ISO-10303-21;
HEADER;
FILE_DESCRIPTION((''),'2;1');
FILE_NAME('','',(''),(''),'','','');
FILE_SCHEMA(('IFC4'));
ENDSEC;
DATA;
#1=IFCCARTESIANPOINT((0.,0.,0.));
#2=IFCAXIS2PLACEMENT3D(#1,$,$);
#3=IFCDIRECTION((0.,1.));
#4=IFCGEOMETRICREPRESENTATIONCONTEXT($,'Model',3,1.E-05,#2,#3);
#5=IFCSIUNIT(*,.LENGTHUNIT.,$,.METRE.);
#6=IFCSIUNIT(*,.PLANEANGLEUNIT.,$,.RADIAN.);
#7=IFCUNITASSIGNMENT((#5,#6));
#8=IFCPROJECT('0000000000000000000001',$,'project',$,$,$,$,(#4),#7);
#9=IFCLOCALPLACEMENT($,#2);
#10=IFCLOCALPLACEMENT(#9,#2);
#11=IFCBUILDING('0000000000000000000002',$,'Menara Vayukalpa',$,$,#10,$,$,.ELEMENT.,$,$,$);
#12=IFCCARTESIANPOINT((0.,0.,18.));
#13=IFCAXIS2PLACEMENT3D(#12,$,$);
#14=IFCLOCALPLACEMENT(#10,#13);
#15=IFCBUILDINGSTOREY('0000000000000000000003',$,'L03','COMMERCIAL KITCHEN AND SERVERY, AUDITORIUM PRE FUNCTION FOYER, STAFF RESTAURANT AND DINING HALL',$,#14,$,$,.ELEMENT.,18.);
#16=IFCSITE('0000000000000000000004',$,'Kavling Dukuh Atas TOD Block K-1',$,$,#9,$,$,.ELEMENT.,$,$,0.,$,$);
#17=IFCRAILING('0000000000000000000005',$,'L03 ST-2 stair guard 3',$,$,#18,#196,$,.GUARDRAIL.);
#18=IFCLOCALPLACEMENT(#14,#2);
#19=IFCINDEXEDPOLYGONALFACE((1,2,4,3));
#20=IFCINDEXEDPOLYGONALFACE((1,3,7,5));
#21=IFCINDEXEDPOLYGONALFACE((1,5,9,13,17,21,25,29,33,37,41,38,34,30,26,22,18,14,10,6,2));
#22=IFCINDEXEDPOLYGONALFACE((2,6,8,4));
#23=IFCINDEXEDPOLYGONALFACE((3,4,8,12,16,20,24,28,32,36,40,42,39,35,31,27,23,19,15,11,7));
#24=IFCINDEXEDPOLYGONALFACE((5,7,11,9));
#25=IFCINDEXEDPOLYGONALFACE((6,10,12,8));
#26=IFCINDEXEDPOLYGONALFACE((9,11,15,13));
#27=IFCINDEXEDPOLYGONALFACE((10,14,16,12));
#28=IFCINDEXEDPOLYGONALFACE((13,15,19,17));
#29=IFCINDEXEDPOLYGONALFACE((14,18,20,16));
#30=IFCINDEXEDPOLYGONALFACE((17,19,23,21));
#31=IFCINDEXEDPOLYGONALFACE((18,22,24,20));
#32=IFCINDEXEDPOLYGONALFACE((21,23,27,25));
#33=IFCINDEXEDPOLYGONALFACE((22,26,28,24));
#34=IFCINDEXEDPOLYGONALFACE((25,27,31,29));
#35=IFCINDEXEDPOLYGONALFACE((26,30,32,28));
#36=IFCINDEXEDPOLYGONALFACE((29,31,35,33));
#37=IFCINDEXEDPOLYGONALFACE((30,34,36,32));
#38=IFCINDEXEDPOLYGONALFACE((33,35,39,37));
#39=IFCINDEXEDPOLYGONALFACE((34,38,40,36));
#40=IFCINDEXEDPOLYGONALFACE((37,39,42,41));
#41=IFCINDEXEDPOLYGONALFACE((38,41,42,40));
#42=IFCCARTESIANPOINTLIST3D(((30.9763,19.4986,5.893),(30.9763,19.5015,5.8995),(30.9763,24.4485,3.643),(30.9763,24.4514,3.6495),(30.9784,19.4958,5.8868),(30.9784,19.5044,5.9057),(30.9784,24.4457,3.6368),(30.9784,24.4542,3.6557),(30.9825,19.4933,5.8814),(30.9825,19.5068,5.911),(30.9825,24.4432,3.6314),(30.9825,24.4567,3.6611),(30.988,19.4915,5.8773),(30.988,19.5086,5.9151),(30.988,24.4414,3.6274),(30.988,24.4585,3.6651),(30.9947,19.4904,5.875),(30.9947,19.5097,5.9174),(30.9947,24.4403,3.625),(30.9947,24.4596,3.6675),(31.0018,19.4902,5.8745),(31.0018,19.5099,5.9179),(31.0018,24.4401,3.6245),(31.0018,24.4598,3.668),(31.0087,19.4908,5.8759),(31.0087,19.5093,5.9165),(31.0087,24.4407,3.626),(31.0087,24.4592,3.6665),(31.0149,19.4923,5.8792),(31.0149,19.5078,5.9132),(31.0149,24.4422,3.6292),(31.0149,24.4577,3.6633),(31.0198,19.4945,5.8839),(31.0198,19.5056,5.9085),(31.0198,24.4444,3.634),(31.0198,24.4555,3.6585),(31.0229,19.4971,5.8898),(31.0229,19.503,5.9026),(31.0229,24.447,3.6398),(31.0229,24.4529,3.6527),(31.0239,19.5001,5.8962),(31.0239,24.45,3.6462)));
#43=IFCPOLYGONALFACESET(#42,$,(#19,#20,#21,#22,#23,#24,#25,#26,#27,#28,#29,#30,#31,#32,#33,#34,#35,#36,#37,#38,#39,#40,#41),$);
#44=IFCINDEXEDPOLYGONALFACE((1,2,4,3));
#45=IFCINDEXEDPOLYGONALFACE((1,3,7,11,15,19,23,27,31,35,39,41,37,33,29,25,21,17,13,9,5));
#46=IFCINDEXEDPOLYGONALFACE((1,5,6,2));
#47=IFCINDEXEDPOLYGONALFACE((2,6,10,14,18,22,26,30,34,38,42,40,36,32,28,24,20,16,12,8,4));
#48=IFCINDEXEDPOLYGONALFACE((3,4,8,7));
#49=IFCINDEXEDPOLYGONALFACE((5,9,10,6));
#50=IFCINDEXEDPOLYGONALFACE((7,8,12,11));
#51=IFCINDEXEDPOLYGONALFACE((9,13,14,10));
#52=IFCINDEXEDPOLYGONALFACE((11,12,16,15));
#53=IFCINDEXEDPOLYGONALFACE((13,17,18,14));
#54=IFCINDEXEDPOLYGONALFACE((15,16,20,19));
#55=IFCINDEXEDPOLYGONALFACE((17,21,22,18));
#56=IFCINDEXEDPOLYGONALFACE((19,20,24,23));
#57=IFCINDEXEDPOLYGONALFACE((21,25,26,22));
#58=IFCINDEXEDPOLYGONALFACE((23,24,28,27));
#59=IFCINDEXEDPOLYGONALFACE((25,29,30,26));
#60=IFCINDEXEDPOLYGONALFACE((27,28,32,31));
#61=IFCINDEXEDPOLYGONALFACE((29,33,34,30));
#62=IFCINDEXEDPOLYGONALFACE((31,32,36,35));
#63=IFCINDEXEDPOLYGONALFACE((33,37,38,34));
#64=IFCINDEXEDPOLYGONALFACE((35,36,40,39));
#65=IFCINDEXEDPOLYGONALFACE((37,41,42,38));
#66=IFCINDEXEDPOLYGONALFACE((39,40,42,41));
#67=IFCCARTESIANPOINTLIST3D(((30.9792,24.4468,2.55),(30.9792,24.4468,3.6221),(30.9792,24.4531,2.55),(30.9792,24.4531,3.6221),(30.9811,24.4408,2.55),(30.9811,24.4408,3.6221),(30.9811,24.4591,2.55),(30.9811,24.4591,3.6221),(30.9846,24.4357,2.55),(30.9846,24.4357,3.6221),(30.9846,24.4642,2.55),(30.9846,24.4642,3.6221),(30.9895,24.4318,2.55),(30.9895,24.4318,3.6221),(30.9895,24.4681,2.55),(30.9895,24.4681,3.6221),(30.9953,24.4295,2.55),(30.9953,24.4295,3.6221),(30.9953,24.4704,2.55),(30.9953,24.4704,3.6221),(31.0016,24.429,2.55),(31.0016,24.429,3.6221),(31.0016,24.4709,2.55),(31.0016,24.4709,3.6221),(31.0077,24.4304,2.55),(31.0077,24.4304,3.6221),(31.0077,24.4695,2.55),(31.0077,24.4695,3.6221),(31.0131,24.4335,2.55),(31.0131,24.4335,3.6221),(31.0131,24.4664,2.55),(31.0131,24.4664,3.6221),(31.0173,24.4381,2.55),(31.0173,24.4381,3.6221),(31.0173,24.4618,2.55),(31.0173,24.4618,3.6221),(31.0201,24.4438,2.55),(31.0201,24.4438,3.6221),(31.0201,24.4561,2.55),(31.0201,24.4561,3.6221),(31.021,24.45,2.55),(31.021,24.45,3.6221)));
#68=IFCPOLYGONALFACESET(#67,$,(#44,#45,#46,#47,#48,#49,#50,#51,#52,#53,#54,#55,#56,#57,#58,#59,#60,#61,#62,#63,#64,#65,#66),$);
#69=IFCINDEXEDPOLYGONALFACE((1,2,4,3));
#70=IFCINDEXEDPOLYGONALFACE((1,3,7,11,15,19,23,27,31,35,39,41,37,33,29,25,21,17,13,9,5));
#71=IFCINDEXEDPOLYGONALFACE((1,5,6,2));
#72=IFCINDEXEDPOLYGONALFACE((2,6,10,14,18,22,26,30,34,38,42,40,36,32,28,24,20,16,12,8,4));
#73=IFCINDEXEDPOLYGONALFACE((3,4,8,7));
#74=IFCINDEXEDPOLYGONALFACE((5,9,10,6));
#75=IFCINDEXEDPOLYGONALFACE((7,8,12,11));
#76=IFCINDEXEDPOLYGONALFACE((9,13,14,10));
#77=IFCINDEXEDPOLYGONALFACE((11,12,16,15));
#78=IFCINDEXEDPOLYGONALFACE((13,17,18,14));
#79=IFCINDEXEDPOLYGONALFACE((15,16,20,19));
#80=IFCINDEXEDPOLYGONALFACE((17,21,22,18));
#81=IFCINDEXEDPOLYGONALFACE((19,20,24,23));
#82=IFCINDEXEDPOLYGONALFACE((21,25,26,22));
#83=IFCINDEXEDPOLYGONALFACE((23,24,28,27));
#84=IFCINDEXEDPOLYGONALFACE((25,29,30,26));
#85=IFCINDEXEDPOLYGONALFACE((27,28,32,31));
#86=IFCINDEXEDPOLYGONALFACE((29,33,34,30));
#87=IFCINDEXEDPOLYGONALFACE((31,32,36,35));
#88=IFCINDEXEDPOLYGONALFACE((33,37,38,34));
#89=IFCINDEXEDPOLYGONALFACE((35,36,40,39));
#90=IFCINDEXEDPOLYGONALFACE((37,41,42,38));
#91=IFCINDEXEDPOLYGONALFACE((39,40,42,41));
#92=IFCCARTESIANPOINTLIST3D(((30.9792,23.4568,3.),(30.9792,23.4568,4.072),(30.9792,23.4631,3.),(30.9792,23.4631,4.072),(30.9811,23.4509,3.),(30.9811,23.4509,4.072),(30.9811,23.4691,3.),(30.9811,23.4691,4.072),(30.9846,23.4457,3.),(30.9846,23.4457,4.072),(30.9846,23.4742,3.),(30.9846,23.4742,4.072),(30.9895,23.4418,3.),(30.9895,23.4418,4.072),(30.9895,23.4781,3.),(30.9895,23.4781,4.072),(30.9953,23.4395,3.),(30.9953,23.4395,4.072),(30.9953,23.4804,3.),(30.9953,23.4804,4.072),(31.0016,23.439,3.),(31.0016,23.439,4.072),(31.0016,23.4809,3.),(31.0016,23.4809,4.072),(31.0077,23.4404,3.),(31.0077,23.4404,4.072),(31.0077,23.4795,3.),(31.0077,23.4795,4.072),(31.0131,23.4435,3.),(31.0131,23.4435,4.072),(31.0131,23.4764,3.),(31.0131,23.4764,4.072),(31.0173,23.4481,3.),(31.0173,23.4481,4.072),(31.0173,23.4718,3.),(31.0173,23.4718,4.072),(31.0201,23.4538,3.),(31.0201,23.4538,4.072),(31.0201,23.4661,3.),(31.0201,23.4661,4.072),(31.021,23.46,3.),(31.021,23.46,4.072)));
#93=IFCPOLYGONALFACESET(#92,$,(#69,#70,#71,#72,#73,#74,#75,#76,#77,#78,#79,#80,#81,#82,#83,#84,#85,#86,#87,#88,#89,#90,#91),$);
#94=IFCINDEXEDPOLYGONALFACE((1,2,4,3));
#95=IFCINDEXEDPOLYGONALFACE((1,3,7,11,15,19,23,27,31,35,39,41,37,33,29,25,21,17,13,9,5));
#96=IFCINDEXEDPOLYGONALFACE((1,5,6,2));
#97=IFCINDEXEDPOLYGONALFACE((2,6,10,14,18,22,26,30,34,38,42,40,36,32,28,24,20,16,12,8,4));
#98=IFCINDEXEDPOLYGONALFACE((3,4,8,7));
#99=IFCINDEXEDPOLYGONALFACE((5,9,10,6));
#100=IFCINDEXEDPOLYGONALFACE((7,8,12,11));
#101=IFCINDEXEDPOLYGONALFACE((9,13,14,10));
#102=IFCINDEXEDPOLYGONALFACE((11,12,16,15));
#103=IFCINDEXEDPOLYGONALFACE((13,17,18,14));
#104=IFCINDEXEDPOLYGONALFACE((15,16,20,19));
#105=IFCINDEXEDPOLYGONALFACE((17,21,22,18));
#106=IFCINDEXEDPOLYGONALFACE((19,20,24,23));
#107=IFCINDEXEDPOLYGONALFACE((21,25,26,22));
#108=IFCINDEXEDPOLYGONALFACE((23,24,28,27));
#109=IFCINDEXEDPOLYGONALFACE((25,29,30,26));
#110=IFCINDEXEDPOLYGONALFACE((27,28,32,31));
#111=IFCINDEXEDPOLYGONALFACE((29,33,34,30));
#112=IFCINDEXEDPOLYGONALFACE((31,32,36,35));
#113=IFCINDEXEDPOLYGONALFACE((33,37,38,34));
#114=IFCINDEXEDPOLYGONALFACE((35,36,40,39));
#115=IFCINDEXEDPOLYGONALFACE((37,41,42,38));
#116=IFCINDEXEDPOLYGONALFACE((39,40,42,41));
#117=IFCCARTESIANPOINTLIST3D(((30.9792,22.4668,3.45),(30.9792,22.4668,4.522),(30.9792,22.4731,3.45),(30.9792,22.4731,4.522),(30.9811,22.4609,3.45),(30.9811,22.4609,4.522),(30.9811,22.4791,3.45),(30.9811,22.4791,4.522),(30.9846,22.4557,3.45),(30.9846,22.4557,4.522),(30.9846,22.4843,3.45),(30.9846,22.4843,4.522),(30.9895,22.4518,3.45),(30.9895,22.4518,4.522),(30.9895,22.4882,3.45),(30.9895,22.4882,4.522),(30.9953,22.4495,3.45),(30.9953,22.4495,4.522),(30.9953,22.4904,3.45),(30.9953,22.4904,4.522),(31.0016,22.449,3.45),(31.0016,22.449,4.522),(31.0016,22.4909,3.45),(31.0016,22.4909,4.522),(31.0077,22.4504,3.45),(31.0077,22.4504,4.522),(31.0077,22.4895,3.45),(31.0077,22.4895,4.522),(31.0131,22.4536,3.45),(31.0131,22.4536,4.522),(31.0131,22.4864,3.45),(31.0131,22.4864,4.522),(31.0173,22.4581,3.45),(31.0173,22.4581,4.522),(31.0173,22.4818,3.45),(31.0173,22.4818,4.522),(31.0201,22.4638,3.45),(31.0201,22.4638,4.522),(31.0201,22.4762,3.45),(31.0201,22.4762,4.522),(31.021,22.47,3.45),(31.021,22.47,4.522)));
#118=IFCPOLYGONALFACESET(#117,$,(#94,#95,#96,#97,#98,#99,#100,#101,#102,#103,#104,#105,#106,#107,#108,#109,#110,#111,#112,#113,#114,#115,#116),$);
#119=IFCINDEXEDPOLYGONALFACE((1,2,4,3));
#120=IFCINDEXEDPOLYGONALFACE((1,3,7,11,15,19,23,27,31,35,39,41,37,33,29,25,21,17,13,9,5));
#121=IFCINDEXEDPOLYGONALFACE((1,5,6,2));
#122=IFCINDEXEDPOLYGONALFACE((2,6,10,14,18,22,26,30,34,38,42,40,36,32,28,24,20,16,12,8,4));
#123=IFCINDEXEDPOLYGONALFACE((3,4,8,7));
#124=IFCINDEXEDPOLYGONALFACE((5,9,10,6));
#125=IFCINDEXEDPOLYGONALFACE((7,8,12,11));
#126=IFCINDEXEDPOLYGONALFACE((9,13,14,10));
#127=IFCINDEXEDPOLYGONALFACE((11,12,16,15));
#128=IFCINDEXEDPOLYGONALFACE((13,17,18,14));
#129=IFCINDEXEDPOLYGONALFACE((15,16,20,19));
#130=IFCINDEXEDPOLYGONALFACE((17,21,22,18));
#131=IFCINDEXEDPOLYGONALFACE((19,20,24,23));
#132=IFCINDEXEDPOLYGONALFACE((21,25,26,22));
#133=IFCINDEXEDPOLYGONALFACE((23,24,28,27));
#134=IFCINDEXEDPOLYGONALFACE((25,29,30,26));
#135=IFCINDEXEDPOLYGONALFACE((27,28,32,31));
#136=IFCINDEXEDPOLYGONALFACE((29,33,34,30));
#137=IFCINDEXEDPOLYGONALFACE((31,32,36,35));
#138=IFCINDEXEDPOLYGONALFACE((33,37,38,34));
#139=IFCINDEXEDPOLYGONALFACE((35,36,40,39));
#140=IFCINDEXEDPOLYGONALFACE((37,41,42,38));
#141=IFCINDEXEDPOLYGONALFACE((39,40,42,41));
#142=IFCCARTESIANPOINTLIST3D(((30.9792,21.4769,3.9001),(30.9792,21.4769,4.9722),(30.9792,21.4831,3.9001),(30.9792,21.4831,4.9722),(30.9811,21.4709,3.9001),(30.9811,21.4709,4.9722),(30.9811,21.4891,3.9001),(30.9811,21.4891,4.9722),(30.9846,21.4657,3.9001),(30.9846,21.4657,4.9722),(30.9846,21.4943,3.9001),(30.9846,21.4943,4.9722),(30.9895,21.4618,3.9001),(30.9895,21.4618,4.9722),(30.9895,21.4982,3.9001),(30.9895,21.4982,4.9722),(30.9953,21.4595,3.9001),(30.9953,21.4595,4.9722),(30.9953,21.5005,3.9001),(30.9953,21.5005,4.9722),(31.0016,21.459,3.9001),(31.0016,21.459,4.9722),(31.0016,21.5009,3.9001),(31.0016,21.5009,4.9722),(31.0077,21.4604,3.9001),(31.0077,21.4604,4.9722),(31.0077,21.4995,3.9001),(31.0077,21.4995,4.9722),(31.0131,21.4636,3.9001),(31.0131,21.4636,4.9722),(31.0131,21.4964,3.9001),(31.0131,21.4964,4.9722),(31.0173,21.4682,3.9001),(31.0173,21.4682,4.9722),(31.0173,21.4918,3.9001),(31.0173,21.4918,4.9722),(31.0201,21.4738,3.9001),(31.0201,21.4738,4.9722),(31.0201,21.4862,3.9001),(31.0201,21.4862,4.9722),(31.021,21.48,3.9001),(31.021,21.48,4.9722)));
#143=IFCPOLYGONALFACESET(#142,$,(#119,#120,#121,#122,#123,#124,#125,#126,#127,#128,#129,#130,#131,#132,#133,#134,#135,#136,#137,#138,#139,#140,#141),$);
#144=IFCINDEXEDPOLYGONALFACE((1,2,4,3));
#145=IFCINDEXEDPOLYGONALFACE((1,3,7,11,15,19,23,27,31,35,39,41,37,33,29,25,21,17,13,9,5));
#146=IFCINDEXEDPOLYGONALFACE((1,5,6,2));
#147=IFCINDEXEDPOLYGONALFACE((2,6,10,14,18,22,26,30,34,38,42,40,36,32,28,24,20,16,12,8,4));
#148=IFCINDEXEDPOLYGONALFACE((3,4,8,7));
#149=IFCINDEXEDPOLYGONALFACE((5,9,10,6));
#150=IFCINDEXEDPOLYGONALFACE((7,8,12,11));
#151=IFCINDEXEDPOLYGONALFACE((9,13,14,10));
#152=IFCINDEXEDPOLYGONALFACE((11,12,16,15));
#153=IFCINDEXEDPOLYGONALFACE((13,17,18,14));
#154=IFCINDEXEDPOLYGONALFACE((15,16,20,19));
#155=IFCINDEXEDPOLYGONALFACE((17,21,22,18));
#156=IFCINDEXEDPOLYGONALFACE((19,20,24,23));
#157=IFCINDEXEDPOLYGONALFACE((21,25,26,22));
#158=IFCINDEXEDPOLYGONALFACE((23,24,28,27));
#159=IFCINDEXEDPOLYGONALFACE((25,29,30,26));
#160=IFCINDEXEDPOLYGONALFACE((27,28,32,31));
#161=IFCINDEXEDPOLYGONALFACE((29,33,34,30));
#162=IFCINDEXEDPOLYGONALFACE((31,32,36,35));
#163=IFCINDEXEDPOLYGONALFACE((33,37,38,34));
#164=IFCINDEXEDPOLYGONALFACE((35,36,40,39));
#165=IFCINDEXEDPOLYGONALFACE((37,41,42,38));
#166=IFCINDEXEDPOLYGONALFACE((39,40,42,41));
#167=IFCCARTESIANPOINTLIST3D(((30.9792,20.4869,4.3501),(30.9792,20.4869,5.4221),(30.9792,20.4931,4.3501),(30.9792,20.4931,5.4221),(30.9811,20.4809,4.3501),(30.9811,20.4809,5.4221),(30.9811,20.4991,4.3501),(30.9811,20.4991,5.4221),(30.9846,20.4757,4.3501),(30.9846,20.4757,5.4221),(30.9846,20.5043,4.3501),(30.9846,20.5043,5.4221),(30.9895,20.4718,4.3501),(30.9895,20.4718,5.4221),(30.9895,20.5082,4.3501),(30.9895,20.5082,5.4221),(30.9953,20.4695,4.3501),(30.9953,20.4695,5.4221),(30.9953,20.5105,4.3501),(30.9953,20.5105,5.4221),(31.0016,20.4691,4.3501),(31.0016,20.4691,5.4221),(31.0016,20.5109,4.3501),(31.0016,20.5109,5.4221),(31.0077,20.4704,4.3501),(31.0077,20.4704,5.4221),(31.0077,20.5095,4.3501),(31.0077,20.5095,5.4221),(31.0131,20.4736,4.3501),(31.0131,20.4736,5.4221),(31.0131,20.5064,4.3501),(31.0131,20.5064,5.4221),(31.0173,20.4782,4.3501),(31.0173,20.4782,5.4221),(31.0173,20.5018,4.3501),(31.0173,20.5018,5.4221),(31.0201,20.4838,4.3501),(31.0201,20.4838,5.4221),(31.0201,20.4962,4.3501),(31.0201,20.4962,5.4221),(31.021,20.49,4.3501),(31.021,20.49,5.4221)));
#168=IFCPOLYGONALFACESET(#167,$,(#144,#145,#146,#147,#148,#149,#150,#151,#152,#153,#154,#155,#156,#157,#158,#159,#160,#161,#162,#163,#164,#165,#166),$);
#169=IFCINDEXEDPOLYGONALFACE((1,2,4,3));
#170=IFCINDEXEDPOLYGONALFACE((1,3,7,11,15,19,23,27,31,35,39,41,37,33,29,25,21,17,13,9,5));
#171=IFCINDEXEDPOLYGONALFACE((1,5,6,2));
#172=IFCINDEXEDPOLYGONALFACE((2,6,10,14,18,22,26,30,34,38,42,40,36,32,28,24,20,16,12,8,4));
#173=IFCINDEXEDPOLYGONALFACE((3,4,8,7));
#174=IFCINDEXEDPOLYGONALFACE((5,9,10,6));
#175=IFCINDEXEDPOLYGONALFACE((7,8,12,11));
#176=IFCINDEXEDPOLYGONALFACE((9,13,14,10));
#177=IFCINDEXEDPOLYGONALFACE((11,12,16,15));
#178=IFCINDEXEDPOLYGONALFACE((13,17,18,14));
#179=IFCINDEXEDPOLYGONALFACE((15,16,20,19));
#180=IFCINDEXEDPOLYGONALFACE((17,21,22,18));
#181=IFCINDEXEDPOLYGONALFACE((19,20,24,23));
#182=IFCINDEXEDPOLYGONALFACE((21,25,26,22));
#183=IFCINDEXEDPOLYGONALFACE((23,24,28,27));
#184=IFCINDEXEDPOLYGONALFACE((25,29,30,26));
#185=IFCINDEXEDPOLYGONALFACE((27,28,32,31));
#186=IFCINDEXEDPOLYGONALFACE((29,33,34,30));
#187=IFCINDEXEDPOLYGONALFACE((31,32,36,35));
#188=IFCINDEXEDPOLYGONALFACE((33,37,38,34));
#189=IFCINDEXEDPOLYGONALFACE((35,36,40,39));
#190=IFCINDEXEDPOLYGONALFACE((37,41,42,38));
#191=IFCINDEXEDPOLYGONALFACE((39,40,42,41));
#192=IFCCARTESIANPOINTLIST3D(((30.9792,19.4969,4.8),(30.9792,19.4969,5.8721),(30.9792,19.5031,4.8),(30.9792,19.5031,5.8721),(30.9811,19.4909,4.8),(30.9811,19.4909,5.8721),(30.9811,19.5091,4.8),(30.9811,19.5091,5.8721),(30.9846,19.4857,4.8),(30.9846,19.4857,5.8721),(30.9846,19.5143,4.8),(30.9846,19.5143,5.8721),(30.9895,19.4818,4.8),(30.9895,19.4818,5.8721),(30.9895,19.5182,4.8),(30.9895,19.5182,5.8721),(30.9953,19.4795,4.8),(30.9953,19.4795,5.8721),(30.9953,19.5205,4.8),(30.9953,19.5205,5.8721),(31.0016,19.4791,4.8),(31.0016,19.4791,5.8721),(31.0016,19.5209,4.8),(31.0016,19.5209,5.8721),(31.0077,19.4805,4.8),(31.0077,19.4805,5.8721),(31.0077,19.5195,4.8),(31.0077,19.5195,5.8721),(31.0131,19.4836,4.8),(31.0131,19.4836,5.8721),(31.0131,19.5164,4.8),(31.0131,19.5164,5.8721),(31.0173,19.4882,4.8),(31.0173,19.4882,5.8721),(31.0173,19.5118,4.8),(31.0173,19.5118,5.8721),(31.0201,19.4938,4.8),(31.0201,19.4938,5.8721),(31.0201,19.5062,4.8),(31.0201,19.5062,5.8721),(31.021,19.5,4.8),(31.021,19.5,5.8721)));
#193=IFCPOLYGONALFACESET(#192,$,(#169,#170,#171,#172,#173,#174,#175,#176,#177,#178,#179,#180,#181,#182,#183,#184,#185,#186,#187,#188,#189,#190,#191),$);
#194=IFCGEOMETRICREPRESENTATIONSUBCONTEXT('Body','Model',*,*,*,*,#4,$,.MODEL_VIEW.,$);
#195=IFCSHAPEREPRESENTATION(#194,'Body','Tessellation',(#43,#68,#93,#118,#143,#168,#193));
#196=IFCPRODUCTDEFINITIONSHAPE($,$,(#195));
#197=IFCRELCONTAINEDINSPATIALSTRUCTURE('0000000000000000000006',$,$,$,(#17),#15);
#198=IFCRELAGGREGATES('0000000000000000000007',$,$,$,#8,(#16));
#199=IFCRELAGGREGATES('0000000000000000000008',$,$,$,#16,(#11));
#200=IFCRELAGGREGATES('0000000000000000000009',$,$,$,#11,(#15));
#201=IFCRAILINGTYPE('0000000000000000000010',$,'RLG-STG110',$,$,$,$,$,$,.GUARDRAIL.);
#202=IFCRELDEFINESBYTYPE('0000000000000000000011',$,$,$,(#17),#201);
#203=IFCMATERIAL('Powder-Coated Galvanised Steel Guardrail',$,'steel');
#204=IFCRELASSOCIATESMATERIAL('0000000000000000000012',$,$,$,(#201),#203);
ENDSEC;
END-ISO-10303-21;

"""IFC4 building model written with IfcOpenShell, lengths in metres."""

from ifc_helpers import new_model, si_unit, direction, frame, origin, origin_2d, place, context, subcontext, project, spatial, circle, extrude, material, type_object, element, save


model = new_model("IFC4")

# Units and contexts
model_context = context("Model", 3, precision=1e-05, world=origin(), true_north=direction((0.0, 1.0)))
body_context = subcontext(model_context, "Body", "Model", "MODEL_VIEW")
ifc_project = project(units=[si_unit("LENGTHUNIT", "METRE"), si_unit("PLANEANGLEUNIT", "RADIAN")], contexts=[model_context])

# Site, building, storey
site_placement = place(None, origin())
site = spatial("IfcSite", under=ifc_project, at=site_placement, Name="Kavling Dukuh Atas TOD Block K-1", CompositionType="ELEMENT", RefElevation=0.0)
building_placement = place(site_placement, origin())
building = spatial("IfcBuilding", under=site, at=building_placement, Name="Menara Vayukalpa", CompositionType="ELEMENT")
storey_placement = place(building_placement, frame((0.0, 0.0, 18.0)))
storey = spatial("IfcBuildingStorey", under=building, at=storey_placement, Name="L03", Description="COMMERCIAL KITCHEN AND SERVERY, AUDITORIUM PRE FUNCTION FOYER, STAFF RESTAURANT AND DINING HALL", CompositionType="ELEMENT", Elevation=18.0)

# Railing
ifc_material_1 = material(Name="Powder-Coated Galvanised Steel Guardrail", Category="steel")
railing_type_1 = type_object("IfcRailingType", Name="RLG-STG110", PredefinedType="GUARDRAIL", material=ifc_material_1)
railing_1_placement = place(storey_placement, frame((31.0, 24.45, 2.55)))
element("IfcRailing", 1, at=railing_1_placement, inside=storey, type_object=railing_type_1, Name="L03 ST-2 stair guard 3", PredefinedType="GUARDRAIL", context=body_context, shape_type="SweptSolid", body=[
    extrude(circle(Radius=0.0239, at=origin_2d()), frame((0.0, 0.0, 1.0962), z_axis=(0.0, -0.910365, 0.413806), x_axis=(1.0, 0.0, 0.0)), (0.0, 0.0, 1.0), 5.4373),
    extrude(circle(Radius=0.021, at=origin_2d()), origin(), (0.0, 0.0, 1.0), 1.072),
    extrude(circle(Radius=0.021, at=origin_2d()), frame((0.0, -0.99, 0.45)), (0.0, 0.0, 1.0), 1.072),
    extrude(circle(Radius=0.021, at=origin_2d()), frame((0.0, -1.98, 0.8999)), (0.0, 0.0, 1.0), 1.072),
    extrude(circle(Radius=0.021, at=origin_2d()), frame((0.0, -2.97, 1.3501)), (0.0, 0.0, 1.0), 1.072),
    extrude(circle(Radius=0.021, at=origin_2d()), frame((0.0, -3.96, 1.8)), (0.0, 0.0, 1.0), 1.072),
    extrude(circle(Radius=0.021, at=origin_2d()), frame((0.0, -4.95, 2.25)), (0.0, 0.0, 1.0), 1.072),
])

save(model, "model.ifc")
